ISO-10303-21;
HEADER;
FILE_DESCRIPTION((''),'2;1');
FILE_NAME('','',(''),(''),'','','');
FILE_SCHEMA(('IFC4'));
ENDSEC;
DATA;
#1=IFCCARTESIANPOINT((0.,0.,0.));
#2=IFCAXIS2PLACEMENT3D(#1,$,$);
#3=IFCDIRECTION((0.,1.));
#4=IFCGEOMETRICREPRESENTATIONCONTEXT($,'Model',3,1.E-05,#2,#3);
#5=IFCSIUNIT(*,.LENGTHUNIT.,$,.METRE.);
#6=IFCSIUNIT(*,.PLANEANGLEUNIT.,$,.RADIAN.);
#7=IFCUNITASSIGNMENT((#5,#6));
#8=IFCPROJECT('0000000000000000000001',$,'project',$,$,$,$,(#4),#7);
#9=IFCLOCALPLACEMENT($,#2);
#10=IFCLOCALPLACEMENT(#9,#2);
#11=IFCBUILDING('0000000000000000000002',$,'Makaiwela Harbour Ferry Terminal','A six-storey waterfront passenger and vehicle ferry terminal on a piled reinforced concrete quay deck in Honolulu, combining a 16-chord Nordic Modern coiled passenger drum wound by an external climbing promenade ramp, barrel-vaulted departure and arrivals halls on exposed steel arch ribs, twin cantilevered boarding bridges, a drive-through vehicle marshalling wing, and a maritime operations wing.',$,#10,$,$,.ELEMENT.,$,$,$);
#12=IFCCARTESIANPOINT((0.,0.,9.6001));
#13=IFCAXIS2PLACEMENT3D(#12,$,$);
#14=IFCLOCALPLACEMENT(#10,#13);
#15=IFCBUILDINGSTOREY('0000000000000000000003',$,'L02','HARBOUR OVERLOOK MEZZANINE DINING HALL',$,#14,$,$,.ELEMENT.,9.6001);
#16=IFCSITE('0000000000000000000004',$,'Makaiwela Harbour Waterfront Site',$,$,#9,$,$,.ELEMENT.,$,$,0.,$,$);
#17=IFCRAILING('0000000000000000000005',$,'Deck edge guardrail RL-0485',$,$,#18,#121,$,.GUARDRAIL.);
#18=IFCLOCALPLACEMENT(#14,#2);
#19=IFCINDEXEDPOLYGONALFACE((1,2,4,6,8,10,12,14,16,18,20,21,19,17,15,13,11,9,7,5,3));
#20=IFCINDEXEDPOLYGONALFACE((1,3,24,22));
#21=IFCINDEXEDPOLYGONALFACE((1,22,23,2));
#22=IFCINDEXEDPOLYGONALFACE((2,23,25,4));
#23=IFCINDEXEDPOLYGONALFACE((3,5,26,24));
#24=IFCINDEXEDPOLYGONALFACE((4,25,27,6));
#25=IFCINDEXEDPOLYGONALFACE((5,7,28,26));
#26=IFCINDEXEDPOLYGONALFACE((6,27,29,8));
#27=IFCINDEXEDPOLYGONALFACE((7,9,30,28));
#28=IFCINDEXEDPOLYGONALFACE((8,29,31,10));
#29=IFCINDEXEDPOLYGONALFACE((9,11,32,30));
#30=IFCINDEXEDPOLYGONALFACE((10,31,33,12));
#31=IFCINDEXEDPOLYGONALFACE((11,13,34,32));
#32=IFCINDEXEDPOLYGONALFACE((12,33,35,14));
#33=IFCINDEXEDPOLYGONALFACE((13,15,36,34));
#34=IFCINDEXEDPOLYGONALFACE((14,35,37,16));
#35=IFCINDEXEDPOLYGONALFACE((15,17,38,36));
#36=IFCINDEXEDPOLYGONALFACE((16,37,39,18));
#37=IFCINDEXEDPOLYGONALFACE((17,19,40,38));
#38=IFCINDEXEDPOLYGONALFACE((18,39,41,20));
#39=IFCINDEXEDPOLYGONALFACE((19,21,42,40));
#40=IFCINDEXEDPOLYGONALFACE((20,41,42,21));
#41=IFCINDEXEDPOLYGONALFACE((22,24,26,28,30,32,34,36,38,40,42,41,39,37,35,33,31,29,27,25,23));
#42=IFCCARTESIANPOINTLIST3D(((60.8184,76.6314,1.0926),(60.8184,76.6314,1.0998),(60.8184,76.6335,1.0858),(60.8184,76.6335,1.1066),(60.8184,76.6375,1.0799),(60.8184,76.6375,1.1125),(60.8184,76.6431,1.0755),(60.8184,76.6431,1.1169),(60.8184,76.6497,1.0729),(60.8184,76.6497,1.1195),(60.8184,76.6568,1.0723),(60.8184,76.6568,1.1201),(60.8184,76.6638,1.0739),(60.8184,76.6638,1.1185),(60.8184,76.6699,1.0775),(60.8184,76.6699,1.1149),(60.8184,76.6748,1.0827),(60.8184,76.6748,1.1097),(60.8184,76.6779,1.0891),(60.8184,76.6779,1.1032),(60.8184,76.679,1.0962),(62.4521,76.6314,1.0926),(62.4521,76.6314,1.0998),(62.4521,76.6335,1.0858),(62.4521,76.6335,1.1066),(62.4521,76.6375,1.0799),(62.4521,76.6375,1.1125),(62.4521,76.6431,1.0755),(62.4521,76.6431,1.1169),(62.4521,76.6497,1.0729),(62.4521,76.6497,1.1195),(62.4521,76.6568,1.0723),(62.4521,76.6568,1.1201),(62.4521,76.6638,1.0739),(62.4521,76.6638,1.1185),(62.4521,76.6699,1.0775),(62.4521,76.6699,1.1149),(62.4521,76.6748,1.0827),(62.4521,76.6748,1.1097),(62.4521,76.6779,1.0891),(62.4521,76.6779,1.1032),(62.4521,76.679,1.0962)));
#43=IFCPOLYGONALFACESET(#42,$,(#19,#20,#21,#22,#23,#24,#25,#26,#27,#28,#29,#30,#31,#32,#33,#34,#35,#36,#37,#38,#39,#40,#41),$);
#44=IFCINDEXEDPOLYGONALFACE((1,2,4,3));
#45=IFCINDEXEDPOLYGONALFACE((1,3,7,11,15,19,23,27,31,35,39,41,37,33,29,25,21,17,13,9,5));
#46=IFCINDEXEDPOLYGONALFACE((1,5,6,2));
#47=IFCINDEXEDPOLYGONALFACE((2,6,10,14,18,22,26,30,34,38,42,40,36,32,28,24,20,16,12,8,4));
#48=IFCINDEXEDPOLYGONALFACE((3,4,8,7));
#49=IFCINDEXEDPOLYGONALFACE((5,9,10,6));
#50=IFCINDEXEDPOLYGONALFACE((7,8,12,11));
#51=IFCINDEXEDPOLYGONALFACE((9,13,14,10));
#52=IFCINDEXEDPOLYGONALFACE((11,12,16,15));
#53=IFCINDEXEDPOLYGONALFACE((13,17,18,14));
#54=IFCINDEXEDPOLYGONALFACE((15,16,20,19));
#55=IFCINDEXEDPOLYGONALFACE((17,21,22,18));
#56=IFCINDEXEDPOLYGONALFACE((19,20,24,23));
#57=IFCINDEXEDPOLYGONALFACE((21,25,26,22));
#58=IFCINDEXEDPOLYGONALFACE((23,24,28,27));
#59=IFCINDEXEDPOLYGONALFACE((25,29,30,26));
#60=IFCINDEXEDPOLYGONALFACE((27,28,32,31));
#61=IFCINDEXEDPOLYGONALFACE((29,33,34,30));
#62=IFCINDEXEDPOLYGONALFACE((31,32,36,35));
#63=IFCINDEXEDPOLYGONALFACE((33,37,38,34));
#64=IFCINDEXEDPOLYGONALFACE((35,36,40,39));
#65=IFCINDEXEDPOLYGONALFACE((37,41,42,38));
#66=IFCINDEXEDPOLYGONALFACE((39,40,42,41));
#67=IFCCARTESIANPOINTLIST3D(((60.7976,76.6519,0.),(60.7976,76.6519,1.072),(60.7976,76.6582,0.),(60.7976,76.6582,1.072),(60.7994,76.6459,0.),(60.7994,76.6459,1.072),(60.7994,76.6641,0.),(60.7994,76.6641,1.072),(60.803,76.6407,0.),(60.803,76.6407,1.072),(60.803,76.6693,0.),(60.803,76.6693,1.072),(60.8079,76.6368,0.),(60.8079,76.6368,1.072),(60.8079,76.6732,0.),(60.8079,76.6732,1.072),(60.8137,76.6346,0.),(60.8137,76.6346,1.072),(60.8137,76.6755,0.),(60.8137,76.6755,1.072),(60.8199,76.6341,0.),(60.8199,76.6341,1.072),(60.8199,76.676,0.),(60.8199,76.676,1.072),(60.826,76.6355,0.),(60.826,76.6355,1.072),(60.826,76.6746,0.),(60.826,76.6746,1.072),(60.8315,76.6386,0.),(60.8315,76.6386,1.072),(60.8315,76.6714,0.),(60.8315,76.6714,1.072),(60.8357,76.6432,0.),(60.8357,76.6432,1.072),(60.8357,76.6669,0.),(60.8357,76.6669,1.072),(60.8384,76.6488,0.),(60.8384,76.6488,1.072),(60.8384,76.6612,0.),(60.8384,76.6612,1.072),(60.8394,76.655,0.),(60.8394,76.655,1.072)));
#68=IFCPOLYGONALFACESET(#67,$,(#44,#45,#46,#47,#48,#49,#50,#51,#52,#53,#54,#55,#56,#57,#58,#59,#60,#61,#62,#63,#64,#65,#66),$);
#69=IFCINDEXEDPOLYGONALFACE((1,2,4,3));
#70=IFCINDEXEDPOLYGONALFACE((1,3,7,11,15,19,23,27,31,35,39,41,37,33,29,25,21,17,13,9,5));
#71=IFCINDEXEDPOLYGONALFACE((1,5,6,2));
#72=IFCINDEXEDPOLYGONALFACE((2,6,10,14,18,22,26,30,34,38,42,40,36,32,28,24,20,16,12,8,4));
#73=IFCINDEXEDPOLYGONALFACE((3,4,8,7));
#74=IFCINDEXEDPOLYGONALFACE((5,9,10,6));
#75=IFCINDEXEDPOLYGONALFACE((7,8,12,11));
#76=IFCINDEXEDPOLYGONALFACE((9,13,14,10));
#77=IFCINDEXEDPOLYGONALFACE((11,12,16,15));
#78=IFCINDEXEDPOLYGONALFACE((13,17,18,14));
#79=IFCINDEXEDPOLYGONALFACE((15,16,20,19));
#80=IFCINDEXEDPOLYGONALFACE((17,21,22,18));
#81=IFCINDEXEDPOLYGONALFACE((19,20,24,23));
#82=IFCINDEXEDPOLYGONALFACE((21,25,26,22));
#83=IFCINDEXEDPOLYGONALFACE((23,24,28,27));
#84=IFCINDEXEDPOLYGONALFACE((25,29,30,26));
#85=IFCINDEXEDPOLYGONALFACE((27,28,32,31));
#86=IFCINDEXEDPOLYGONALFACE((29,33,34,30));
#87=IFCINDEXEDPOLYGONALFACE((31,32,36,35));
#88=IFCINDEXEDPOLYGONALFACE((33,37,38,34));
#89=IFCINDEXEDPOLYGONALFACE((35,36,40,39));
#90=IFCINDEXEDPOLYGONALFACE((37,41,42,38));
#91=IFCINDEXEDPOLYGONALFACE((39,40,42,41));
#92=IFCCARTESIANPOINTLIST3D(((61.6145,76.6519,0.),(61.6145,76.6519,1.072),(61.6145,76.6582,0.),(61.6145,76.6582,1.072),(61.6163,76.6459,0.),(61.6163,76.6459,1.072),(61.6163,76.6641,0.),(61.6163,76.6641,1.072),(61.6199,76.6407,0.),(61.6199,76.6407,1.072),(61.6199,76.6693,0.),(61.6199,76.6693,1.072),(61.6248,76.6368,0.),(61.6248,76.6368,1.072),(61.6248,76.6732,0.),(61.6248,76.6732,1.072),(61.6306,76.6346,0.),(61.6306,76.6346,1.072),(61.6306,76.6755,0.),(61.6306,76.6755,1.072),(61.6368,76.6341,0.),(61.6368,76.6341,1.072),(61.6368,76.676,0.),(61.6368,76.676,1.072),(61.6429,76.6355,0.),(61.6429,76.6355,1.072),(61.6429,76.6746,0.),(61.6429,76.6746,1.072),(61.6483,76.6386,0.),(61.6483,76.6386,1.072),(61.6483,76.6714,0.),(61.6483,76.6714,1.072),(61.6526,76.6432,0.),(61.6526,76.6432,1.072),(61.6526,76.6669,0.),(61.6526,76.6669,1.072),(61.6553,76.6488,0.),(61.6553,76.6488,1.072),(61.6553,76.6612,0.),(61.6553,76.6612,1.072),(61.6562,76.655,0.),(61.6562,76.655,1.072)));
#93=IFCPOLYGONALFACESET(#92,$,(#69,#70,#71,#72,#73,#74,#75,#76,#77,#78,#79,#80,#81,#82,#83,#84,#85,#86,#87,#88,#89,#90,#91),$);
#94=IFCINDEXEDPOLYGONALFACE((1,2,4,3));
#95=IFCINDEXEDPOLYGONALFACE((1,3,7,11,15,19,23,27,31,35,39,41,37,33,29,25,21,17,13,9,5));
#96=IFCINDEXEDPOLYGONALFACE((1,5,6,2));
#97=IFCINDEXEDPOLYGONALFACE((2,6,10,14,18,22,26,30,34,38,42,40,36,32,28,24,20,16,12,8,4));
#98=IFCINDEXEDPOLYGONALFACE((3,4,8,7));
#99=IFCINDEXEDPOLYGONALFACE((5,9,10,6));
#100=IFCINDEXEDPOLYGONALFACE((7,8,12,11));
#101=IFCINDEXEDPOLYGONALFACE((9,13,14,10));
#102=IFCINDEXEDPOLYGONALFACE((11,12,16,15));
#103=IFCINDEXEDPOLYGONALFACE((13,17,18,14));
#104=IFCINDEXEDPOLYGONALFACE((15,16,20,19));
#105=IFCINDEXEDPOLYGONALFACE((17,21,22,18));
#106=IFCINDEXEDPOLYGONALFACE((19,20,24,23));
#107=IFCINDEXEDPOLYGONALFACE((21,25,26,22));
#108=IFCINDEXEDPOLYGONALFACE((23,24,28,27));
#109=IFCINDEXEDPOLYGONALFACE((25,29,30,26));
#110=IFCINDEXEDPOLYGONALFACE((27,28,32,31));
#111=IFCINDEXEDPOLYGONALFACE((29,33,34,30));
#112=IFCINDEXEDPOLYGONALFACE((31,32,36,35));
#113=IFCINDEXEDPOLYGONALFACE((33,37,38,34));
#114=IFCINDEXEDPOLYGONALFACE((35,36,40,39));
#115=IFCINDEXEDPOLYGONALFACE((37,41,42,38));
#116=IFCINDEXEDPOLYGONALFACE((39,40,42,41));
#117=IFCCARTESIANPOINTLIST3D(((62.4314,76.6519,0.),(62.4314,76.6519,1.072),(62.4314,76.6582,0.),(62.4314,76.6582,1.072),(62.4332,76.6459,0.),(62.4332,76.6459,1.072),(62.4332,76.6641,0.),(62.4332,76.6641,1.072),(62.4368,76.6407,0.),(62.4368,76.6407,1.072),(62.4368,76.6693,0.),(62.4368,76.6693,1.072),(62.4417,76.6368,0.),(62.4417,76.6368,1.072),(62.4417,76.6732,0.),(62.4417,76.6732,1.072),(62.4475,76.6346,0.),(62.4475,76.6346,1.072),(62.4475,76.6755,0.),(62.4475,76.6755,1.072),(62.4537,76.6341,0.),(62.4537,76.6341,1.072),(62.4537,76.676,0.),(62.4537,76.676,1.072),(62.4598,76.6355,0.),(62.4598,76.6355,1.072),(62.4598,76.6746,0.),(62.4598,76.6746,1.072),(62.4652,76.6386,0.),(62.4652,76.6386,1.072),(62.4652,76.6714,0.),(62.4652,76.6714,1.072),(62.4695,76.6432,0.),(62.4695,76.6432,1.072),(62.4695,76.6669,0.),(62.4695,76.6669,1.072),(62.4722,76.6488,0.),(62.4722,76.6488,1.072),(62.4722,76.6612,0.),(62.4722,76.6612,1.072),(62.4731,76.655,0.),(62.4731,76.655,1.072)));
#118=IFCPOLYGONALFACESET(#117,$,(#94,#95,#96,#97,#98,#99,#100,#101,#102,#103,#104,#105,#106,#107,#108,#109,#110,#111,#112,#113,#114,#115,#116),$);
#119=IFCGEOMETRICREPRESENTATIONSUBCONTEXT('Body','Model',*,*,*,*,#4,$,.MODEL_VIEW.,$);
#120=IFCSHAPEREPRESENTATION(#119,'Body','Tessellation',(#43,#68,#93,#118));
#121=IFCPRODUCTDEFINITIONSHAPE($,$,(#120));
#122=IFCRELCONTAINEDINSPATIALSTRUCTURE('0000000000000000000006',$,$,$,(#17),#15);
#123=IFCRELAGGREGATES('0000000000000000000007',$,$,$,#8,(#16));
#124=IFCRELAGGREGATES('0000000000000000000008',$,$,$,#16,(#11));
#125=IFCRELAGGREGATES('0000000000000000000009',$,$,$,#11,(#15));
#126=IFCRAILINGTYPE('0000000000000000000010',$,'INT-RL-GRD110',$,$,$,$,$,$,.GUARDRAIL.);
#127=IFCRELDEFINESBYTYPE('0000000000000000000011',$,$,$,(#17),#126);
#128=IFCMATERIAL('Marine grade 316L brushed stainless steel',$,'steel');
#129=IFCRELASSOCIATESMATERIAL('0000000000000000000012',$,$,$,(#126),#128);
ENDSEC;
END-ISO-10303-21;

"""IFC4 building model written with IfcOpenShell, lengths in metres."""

from ifc_helpers import new_model, si_unit, direction, frame, origin, origin_2d, place, context, subcontext, project, spatial, circle, extrude, material, type_object, element, save


model = new_model("IFC4")

# Units and contexts
model_context = context("Model", 3, precision=1e-05, world=origin(), true_north=direction((0.0, 1.0)))
body_context = subcontext(model_context, "Body", "Model", "MODEL_VIEW")
ifc_project = project(units=[si_unit("LENGTHUNIT", "METRE"), si_unit("PLANEANGLEUNIT", "RADIAN")], contexts=[model_context])

# Site, building, storey
site_placement = place(None, origin())
site = spatial("IfcSite", under=ifc_project, at=site_placement, Name="Makaiwela Harbour Waterfront Site", CompositionType="ELEMENT", RefElevation=0.0)
building_placement = place(site_placement, origin())
building = spatial("IfcBuilding", under=site, at=building_placement, Name="Makaiwela Harbour Ferry Terminal", Description="A six-storey waterfront passenger and vehicle ferry terminal on a piled reinforced concrete quay deck in Honolulu, combining a 16-chord Nordic Modern coiled passenger drum wound by an external climbing promenade ramp, barrel-vaulted departure and arrivals halls on exposed steel arch ribs, twin cantilevered boarding bridges, a drive-through vehicle marshalling wing, and a maritime operations wing.", CompositionType="ELEMENT")
storey_placement = place(building_placement, frame((0.0, 0.0, 9.6001)))
storey = spatial("IfcBuildingStorey", under=building, at=storey_placement, Name="L02", Description="HARBOUR OVERLOOK MEZZANINE DINING HALL", CompositionType="ELEMENT", Elevation=9.6001)

# Railing
ifc_material_1 = material(Name="Marine grade 316L brushed stainless steel", Category="steel")
railing_type = type_object("IfcRailingType", Name="INT-RL-GRD110", PredefinedType="GUARDRAIL", material=ifc_material_1)
railing_1_placement = place(storey_placement, frame((60.8184, 76.655, 0.0)))
element("IfcRailing", 1, at=railing_1_placement, inside=storey, type_object=railing_type, Name="Deck edge guardrail RL-0485", PredefinedType="GUARDRAIL", context=body_context, shape_type="SweptSolid", body=[
    extrude(circle(Radius=0.0239, at=origin_2d()), frame((0.0, 0.0, 1.0962), z_axis=(1.0, 0.0, 0.0), x_axis=(0.0, 1.0, 0.0)), (0.0, 0.0, 1.0), 1.6338),
    extrude(circle(Radius=0.021, at=origin_2d()), origin(), (0.0, 0.0, 1.0), 1.072),
    extrude(circle(Radius=0.021, at=origin_2d()), frame((0.8169, 0.0, 0.0)), (0.0, 0.0, 1.0), 1.072),
    extrude(circle(Radius=0.021, at=origin_2d()), frame((1.6338, 0.0, 0.0)), (0.0, 0.0, 1.0), 1.072),
])

save(model, "model.ifc")
